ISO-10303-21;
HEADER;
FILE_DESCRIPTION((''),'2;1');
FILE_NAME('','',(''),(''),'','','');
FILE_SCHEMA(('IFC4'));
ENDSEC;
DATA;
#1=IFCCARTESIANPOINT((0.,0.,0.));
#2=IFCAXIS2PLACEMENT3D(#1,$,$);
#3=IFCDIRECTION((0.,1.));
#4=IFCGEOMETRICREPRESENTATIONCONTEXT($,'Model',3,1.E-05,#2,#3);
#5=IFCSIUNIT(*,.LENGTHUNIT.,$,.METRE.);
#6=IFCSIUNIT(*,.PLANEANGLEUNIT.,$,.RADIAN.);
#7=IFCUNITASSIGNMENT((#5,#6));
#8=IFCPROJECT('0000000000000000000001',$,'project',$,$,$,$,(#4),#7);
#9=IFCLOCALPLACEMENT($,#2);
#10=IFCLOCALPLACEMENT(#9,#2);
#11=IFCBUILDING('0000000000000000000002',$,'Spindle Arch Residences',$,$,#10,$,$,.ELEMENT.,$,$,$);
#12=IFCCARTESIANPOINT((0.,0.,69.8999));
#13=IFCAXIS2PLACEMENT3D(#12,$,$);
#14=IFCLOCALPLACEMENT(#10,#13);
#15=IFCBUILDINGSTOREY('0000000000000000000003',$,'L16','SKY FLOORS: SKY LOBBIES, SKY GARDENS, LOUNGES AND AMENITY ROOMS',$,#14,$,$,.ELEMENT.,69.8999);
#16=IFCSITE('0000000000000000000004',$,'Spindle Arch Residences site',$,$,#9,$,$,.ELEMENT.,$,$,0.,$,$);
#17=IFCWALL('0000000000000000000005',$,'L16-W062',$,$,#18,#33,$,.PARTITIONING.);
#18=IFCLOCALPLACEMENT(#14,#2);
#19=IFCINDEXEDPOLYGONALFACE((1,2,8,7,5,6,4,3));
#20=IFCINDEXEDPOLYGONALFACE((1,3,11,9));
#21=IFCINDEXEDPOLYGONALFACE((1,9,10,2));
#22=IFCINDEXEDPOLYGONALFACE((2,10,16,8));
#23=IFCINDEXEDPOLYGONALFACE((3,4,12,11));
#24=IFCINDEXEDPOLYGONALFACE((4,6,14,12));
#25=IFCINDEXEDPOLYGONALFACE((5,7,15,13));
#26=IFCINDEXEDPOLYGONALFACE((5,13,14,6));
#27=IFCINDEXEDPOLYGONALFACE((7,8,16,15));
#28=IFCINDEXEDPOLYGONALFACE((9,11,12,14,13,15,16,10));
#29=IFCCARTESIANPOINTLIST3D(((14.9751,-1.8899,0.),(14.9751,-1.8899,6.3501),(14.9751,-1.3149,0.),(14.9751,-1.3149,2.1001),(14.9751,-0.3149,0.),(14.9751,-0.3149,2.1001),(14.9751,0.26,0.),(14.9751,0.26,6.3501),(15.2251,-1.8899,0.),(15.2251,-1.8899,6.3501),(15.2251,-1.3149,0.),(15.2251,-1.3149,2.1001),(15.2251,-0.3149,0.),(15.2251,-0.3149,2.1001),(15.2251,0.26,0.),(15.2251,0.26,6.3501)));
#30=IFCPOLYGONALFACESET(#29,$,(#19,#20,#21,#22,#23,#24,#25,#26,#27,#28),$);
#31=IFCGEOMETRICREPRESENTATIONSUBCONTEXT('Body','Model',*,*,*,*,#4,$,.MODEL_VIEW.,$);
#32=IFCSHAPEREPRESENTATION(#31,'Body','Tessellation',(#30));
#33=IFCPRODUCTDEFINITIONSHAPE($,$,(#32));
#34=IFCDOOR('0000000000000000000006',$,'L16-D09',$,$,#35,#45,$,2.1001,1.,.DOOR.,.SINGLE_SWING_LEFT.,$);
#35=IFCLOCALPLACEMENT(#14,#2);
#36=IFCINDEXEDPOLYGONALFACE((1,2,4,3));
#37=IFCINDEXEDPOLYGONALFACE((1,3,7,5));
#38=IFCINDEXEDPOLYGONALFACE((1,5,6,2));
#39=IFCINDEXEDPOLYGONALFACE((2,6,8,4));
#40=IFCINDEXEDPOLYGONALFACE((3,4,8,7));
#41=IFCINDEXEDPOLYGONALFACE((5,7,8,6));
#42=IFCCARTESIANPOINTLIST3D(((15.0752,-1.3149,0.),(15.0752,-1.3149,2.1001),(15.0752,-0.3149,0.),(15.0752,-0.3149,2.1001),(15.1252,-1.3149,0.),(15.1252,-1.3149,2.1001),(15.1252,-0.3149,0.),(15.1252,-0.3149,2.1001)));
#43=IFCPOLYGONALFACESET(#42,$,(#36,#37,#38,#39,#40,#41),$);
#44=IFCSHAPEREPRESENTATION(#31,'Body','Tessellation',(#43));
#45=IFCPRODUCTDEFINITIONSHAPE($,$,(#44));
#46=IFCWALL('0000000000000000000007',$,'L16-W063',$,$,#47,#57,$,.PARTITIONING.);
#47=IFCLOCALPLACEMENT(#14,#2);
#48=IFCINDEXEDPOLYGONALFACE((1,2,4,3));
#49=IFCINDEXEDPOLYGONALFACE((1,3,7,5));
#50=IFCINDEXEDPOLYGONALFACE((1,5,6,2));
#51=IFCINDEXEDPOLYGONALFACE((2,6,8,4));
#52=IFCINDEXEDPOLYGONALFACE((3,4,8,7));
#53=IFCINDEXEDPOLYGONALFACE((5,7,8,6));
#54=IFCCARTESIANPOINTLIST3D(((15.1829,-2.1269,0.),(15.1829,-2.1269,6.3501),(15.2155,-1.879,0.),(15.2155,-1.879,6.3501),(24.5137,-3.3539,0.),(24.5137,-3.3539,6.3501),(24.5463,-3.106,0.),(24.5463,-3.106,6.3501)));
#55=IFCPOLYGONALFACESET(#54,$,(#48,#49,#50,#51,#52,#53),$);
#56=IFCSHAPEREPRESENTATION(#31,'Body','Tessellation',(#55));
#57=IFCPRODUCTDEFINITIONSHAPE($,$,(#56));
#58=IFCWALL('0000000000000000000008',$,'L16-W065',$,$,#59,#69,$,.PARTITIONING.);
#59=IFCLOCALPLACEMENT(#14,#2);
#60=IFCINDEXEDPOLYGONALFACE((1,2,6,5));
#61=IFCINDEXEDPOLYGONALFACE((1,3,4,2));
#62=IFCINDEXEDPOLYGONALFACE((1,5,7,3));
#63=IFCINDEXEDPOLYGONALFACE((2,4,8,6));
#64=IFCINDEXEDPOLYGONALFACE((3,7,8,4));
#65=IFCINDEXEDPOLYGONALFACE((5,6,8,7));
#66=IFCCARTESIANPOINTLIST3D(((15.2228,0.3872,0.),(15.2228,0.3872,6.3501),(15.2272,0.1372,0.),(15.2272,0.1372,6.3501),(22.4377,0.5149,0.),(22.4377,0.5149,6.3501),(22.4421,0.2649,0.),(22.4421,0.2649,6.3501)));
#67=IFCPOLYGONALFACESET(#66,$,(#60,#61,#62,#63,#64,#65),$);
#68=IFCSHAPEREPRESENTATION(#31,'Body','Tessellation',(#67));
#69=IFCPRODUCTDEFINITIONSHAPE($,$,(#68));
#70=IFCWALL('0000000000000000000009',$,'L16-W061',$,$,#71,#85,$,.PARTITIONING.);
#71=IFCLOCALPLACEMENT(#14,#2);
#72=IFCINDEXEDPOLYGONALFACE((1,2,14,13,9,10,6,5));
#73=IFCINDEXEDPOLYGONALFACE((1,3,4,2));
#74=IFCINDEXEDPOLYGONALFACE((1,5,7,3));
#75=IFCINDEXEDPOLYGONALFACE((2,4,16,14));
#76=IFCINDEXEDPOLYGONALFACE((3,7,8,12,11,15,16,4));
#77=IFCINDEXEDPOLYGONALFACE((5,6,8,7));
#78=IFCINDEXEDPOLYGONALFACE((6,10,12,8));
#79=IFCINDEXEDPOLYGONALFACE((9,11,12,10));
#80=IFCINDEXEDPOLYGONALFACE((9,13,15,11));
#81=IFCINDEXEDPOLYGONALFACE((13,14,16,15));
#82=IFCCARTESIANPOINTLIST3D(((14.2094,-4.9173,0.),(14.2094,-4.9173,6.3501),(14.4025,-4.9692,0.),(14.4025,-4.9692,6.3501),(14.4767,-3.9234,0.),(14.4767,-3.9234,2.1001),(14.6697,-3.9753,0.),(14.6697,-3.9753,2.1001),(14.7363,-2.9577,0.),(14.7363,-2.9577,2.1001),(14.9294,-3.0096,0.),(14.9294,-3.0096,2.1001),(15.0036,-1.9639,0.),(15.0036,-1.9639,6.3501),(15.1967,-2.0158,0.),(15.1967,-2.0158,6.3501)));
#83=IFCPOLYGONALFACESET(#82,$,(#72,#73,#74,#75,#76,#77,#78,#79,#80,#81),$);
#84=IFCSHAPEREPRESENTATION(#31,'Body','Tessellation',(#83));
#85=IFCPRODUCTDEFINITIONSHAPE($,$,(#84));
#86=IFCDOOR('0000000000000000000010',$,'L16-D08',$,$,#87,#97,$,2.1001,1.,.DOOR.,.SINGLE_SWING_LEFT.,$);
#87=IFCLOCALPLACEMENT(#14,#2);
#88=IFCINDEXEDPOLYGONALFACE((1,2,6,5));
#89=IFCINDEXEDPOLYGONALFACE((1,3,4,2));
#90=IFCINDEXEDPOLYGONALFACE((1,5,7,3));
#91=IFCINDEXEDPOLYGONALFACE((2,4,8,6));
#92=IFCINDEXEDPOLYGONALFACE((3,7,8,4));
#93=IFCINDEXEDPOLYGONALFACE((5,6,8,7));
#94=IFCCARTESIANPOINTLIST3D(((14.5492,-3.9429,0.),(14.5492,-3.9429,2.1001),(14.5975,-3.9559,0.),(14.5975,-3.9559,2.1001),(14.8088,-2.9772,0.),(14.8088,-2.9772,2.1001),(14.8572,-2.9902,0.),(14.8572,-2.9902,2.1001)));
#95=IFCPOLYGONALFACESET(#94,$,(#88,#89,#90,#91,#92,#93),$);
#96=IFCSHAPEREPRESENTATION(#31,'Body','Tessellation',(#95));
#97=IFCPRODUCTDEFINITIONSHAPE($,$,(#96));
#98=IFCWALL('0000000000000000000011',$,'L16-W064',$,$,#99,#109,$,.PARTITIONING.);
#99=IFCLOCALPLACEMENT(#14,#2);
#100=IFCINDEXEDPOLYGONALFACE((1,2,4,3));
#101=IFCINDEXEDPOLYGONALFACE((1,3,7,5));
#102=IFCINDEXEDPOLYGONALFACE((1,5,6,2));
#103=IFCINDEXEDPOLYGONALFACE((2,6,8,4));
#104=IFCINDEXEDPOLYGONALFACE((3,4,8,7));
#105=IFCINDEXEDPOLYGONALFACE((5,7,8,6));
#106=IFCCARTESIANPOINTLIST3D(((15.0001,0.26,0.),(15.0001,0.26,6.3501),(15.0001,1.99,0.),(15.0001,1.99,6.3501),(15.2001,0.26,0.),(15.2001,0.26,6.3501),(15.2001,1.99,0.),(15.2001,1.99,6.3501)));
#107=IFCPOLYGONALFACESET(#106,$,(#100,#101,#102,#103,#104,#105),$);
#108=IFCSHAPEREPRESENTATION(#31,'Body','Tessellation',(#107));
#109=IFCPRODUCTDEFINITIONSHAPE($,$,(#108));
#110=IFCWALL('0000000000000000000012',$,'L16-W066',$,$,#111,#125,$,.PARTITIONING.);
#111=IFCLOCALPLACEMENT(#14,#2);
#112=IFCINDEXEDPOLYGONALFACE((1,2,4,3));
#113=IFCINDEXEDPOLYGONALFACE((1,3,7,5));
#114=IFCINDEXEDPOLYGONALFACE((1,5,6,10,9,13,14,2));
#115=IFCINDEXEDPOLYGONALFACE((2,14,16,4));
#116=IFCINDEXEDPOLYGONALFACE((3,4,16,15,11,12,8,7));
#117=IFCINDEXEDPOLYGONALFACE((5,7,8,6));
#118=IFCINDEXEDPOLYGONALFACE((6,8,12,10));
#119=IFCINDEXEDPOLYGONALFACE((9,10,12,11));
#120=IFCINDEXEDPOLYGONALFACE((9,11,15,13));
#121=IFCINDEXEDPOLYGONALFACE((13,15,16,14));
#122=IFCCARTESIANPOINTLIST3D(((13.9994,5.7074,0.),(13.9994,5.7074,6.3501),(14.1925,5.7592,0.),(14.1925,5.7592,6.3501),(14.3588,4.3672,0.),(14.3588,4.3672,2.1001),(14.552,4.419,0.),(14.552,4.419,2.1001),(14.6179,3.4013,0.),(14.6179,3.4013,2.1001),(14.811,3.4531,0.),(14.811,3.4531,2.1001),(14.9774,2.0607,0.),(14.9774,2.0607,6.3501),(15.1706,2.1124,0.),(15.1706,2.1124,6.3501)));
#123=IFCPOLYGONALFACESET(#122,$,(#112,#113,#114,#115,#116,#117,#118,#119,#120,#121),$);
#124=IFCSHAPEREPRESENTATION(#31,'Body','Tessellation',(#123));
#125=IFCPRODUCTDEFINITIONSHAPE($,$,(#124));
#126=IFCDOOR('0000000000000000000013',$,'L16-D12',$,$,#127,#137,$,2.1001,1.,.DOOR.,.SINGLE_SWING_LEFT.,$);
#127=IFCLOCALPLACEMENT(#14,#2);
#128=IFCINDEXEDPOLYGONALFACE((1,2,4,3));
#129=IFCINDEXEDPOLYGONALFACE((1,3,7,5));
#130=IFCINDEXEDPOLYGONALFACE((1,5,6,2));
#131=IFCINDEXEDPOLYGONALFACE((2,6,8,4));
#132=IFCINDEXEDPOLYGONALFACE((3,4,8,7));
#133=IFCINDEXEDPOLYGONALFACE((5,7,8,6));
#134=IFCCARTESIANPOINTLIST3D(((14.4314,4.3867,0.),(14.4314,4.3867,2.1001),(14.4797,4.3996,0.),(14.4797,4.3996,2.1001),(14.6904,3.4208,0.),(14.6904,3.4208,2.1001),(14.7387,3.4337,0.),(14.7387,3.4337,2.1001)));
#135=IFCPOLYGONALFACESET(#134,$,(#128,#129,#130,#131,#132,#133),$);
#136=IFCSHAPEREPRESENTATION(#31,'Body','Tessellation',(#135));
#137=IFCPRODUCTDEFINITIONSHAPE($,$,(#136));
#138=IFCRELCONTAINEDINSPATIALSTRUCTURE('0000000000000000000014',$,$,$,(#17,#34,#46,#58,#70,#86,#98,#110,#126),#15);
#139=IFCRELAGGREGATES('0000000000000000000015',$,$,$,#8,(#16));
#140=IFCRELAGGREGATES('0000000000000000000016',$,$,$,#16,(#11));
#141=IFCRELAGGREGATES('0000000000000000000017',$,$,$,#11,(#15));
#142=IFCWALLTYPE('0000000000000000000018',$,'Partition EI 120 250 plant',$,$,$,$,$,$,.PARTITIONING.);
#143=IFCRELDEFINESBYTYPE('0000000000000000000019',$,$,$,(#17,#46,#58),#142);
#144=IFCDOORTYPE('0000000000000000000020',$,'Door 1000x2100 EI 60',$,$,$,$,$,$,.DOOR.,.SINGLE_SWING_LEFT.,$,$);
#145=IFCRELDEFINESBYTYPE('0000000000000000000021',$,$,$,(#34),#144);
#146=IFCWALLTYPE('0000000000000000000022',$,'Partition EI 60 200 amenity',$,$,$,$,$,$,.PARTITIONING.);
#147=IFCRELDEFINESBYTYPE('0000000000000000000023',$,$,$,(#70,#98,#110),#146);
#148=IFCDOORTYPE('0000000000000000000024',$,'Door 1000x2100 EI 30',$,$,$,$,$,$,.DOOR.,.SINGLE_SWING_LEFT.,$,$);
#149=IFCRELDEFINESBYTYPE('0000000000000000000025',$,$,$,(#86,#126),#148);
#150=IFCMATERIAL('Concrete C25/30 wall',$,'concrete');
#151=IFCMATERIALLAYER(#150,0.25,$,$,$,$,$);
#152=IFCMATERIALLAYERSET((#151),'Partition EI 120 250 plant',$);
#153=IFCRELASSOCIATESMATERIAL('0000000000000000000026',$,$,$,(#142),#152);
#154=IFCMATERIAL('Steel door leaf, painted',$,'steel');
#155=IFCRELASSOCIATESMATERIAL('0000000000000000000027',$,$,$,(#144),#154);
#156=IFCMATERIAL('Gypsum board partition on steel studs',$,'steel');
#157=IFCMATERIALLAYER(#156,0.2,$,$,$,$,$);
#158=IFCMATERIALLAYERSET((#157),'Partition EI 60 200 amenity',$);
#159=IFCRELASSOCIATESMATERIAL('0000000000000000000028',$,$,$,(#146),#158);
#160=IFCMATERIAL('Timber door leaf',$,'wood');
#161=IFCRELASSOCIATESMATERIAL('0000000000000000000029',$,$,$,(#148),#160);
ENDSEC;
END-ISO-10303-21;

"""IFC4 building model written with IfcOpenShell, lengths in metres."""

from ifc_helpers import new_model, si_unit, direction, frame, frame_2d, origin, place, context, subcontext, project, spatial, rectangle, extrude, material, layer, layer_set, type_object, element, fill, save


model = new_model("IFC4")

# Units and contexts
model_context = context("Model", 3, precision=1e-05, world=origin(), true_north=direction((0.0, 1.0)))
body_context = subcontext(model_context, "Body", "Model", "MODEL_VIEW")
ifc_project = project(units=[si_unit("LENGTHUNIT", "METRE"), si_unit("PLANEANGLEUNIT", "RADIAN")], contexts=[model_context])

# Site, building, storey
site_placement = place(None, origin())
site = spatial("IfcSite", under=ifc_project, at=site_placement, Name="Spindle Arch Residences site", CompositionType="ELEMENT", RefElevation=0.0)
building_placement = place(site_placement, origin())
building = spatial("IfcBuilding", under=site, at=building_placement, Name="Spindle Arch Residences", CompositionType="ELEMENT")
storey_placement = place(building_placement, frame((0.0, 0.0, 69.8999)))
storey = spatial("IfcBuildingStorey", under=building, at=storey_placement, Name="L16", Description="SKY FLOORS: SKY LOBBIES, SKY GARDENS, LOUNGES AND AMENITY ROOMS", CompositionType="ELEMENT", Elevation=69.8999)

# Wall, opening, door
ifc_material_1 = material(Name="Concrete C25/30 wall", Category="concrete")
ifc_layer_1 = layer(ifc_material_1, 0.25)
ifc_layer_set_1 = layer_set([ifc_layer_1], Name="Partition EI 120 250 plant")
wall_type_1 = type_object("IfcWallType", Name="Partition EI 120 250 plant", PredefinedType="PARTITIONING", material=ifc_layer_set_1)
wall_1_placement = place(storey_placement, frame((15.1001, -1.8899, 0.0), z_axis=(0.0, 0.0, 1.0), x_axis=(0.0, 1.0, 0.0)))
wall_1 = element("IfcWall", 1, at=wall_1_placement, inside=storey, type_object=wall_type_1, Name="L16-W062", PredefinedType="PARTITIONING", context=body_context, shape_type="SweptSolid", body=[
    extrude(rectangle(XDim=2.1499, YDim=0.25, at=frame_2d((1.075, 0.0))), origin(), (0.0, 0.0, 1.0), 6.3501),
])
opening_1_placement = place(wall_1_placement, frame((0.575, 0.0, 0.0)))
opening_1 = element("IfcOpeningElement", 2, at=opening_1_placement, cuts=wall_1, PredefinedType="OPENING", context=body_context, shape_type="SweptSolid", body=[
    extrude(rectangle(XDim=1.0, YDim=2.1001, at=frame_2d((0.5, 1.05))), frame((0.0, 0.135, 0.0), z_axis=(0.0, -1.0, 0.0), x_axis=(1.0, 0.0, 0.0)), (0.0, 0.0, 1.0), 0.27),
])
ifc_material_2 = material(Name="Steel door leaf, painted", Category="steel")
door_type_1 = type_object("IfcDoorType", Name="Door 1000x2100 EI 60", OperationType="SINGLE_SWING_LEFT", PredefinedType="DOOR", material=ifc_material_2)
door_1_placement = place(opening_1_placement, origin())
door_1 = element("IfcDoor", 3, at=door_1_placement, inside=storey, type_object=door_type_1, Name="L16-D09", OperationType="SINGLE_SWING_LEFT", OverallHeight=2.1001, OverallWidth=1.0, PredefinedType="DOOR", context=body_context, shape_type="SweptSolid", body=[
    extrude(rectangle(XDim=1.0, YDim=2.1001, at=frame_2d((0.5, 1.05))), frame((0.0, 0.0249, 0.0), z_axis=(0.0, -1.0, 0.0), x_axis=(1.0, 0.0, 0.0)), (0.0, 0.0, 1.0), 0.05),
])
fill(opening_1, door_1)

# Walls
wall_2_placement = place(storey_placement, frame((15.1992, -2.0029, 0.0), z_axis=(0.0, 0.0, 1.0), x_axis=(0.991464, -0.130383, 0.0)))
element("IfcWall", 4, at=wall_2_placement, inside=storey, type_object=wall_type_1, Name="L16-W063", PredefinedType="PARTITIONING", context=body_context, shape_type="SweptSolid", body=[
    extrude(rectangle(XDim=9.4111, YDim=0.25, at=frame_2d((4.7056, 0.0))), origin(), (0.0, 0.0, 1.0), 6.3501),
])
wall_3_placement = place(storey_placement, frame((15.2251, 0.2622, 0.0), z_axis=(0.0, 0.0, 1.0), x_axis=(0.999843, 0.017695, 0.0)))
element("IfcWall", 5, at=wall_3_placement, inside=storey, type_object=wall_type_1, Name="L16-W065", PredefinedType="PARTITIONING", context=body_context, shape_type="SweptSolid", body=[
    extrude(rectangle(XDim=7.2161, YDim=0.25, at=frame_2d((3.6079, 0.0))), origin(), (0.0, 0.0, 1.0), 6.3501),
])

# Wall, opening, door
ifc_material_3 = material(Name="Gypsum board partition on steel studs", Category="steel")
ifc_layer_2 = layer(ifc_material_3, 0.2)
ifc_layer_set_2 = layer_set([ifc_layer_2], Name="Partition EI 60 200 amenity")
wall_type_2 = type_object("IfcWallType", Name="Partition EI 60 200 amenity", PredefinedType="PARTITIONING", material=ifc_layer_set_2)
wall_4_placement = place(storey_placement, frame((14.3059, -4.9434, 0.0), z_axis=(0.0, 0.0, 1.0), x_axis=(0.259684, 0.965694, 0.0)))
wall_4 = element("IfcWall", 6, at=wall_4_placement, inside=storey, type_object=wall_type_2, Name="L16-W061", PredefinedType="PARTITIONING", context=body_context, shape_type="SweptSolid", body=[
    extrude(rectangle(XDim=3.0583, YDim=0.2, at=frame_2d((1.5293, 0.0))), origin(), (0.0, 0.0, 1.0), 6.3501),
])
opening_2_placement = place(wall_4_placement, frame((1.0293, 0.0, 0.0)))
opening_2 = element("IfcOpeningElement", 7, at=opening_2_placement, cuts=wall_4, PredefinedType="OPENING", context=body_context, shape_type="SweptSolid", body=[
    extrude(rectangle(XDim=1.0, YDim=2.1001, at=frame_2d((0.5, 1.05))), frame((0.0, 0.1099, 0.0), z_axis=(0.0, -1.0, 0.0), x_axis=(1.0, 0.0, 0.0)), (0.0, 0.0, 1.0), 0.22),
])
ifc_material_4 = material(Name="Timber door leaf", Category="wood")
door_type_2 = type_object("IfcDoorType", Name="Door 1000x2100 EI 30", OperationType="SINGLE_SWING_LEFT", PredefinedType="DOOR", material=ifc_material_4)
door_2_placement = place(opening_2_placement, origin())
door_2 = element("IfcDoor", 8, at=door_2_placement, inside=storey, type_object=door_type_2, Name="L16-D08", OperationType="SINGLE_SWING_LEFT", OverallHeight=2.1001, OverallWidth=1.0, PredefinedType="DOOR", context=body_context, shape_type="SweptSolid", body=[
    extrude(rectangle(XDim=1.0, YDim=2.1001, at=frame_2d((0.5, 1.05))), frame((0.0, 0.0249, 0.0), z_axis=(0.0, -1.0, 0.0), x_axis=(1.0, 0.0, 0.0)), (0.0, 0.0, 1.0), 0.05),
])
fill(opening_2, door_2)

# Wall
wall_5_placement = place(storey_placement, frame((15.1001, 0.26, 0.0), z_axis=(0.0, 0.0, 1.0), x_axis=(0.0, 1.0, 0.0)))
element("IfcWall", 9, at=wall_5_placement, inside=storey, type_object=wall_type_2, Name="L16-W064", PredefinedType="PARTITIONING", context=body_context, shape_type="SweptSolid", body=[
    extrude(rectangle(XDim=1.73, YDim=0.2, at=frame_2d((0.865, 0.0))), origin(), (0.0, 0.0, 1.0), 6.3501),
])

# Wall, opening, door
wall_6_placement = place(storey_placement, frame((15.074, 2.0867, 0.0), z_axis=(0.0, 0.0, 1.0), x_axis=(-0.259039, 0.965867, 0.0)))
wall_6 = element("IfcWall", 10, at=wall_6_placement, inside=storey, type_object=wall_type_2, Name="L16-W066", PredefinedType="PARTITIONING", context=body_context, shape_type="SweptSolid", body=[
    extrude(rectangle(XDim=3.7756, YDim=0.2, at=frame_2d((1.8877, 0.0))), origin(), (0.0, 0.0, 1.0), 6.3501),
])
opening_3_placement = place(wall_6_placement, frame((1.3879, 0.0, 0.0)))
opening_3 = element("IfcOpeningElement", 11, at=opening_3_placement, cuts=wall_6, PredefinedType="OPENING", context=body_context, shape_type="SweptSolid", body=[
    extrude(rectangle(XDim=1.0, YDim=2.1001, at=frame_2d((0.5, 1.05))), frame((0.0, 0.1099, 0.0), z_axis=(0.0, -1.0, 0.0), x_axis=(1.0, 0.0, 0.0)), (0.0, 0.0, 1.0), 0.22),
])
door_3_placement = place(opening_3_placement, origin())
door_3 = element("IfcDoor", 12, at=door_3_placement, inside=storey, type_object=door_type_2, Name="L16-D12", OperationType="SINGLE_SWING_LEFT", OverallHeight=2.1001, OverallWidth=1.0, PredefinedType="DOOR", context=body_context, shape_type="SweptSolid", body=[
    extrude(rectangle(XDim=1.0, YDim=2.1001, at=frame_2d((0.5, 1.05))), frame((0.0, 0.0249, 0.0), z_axis=(0.0, -1.0, 0.0), x_axis=(1.0, 0.0, 0.0)), (0.0, 0.0, 1.0), 0.05),
])
fill(opening_3, door_3)

save(model, "model.ifc")
